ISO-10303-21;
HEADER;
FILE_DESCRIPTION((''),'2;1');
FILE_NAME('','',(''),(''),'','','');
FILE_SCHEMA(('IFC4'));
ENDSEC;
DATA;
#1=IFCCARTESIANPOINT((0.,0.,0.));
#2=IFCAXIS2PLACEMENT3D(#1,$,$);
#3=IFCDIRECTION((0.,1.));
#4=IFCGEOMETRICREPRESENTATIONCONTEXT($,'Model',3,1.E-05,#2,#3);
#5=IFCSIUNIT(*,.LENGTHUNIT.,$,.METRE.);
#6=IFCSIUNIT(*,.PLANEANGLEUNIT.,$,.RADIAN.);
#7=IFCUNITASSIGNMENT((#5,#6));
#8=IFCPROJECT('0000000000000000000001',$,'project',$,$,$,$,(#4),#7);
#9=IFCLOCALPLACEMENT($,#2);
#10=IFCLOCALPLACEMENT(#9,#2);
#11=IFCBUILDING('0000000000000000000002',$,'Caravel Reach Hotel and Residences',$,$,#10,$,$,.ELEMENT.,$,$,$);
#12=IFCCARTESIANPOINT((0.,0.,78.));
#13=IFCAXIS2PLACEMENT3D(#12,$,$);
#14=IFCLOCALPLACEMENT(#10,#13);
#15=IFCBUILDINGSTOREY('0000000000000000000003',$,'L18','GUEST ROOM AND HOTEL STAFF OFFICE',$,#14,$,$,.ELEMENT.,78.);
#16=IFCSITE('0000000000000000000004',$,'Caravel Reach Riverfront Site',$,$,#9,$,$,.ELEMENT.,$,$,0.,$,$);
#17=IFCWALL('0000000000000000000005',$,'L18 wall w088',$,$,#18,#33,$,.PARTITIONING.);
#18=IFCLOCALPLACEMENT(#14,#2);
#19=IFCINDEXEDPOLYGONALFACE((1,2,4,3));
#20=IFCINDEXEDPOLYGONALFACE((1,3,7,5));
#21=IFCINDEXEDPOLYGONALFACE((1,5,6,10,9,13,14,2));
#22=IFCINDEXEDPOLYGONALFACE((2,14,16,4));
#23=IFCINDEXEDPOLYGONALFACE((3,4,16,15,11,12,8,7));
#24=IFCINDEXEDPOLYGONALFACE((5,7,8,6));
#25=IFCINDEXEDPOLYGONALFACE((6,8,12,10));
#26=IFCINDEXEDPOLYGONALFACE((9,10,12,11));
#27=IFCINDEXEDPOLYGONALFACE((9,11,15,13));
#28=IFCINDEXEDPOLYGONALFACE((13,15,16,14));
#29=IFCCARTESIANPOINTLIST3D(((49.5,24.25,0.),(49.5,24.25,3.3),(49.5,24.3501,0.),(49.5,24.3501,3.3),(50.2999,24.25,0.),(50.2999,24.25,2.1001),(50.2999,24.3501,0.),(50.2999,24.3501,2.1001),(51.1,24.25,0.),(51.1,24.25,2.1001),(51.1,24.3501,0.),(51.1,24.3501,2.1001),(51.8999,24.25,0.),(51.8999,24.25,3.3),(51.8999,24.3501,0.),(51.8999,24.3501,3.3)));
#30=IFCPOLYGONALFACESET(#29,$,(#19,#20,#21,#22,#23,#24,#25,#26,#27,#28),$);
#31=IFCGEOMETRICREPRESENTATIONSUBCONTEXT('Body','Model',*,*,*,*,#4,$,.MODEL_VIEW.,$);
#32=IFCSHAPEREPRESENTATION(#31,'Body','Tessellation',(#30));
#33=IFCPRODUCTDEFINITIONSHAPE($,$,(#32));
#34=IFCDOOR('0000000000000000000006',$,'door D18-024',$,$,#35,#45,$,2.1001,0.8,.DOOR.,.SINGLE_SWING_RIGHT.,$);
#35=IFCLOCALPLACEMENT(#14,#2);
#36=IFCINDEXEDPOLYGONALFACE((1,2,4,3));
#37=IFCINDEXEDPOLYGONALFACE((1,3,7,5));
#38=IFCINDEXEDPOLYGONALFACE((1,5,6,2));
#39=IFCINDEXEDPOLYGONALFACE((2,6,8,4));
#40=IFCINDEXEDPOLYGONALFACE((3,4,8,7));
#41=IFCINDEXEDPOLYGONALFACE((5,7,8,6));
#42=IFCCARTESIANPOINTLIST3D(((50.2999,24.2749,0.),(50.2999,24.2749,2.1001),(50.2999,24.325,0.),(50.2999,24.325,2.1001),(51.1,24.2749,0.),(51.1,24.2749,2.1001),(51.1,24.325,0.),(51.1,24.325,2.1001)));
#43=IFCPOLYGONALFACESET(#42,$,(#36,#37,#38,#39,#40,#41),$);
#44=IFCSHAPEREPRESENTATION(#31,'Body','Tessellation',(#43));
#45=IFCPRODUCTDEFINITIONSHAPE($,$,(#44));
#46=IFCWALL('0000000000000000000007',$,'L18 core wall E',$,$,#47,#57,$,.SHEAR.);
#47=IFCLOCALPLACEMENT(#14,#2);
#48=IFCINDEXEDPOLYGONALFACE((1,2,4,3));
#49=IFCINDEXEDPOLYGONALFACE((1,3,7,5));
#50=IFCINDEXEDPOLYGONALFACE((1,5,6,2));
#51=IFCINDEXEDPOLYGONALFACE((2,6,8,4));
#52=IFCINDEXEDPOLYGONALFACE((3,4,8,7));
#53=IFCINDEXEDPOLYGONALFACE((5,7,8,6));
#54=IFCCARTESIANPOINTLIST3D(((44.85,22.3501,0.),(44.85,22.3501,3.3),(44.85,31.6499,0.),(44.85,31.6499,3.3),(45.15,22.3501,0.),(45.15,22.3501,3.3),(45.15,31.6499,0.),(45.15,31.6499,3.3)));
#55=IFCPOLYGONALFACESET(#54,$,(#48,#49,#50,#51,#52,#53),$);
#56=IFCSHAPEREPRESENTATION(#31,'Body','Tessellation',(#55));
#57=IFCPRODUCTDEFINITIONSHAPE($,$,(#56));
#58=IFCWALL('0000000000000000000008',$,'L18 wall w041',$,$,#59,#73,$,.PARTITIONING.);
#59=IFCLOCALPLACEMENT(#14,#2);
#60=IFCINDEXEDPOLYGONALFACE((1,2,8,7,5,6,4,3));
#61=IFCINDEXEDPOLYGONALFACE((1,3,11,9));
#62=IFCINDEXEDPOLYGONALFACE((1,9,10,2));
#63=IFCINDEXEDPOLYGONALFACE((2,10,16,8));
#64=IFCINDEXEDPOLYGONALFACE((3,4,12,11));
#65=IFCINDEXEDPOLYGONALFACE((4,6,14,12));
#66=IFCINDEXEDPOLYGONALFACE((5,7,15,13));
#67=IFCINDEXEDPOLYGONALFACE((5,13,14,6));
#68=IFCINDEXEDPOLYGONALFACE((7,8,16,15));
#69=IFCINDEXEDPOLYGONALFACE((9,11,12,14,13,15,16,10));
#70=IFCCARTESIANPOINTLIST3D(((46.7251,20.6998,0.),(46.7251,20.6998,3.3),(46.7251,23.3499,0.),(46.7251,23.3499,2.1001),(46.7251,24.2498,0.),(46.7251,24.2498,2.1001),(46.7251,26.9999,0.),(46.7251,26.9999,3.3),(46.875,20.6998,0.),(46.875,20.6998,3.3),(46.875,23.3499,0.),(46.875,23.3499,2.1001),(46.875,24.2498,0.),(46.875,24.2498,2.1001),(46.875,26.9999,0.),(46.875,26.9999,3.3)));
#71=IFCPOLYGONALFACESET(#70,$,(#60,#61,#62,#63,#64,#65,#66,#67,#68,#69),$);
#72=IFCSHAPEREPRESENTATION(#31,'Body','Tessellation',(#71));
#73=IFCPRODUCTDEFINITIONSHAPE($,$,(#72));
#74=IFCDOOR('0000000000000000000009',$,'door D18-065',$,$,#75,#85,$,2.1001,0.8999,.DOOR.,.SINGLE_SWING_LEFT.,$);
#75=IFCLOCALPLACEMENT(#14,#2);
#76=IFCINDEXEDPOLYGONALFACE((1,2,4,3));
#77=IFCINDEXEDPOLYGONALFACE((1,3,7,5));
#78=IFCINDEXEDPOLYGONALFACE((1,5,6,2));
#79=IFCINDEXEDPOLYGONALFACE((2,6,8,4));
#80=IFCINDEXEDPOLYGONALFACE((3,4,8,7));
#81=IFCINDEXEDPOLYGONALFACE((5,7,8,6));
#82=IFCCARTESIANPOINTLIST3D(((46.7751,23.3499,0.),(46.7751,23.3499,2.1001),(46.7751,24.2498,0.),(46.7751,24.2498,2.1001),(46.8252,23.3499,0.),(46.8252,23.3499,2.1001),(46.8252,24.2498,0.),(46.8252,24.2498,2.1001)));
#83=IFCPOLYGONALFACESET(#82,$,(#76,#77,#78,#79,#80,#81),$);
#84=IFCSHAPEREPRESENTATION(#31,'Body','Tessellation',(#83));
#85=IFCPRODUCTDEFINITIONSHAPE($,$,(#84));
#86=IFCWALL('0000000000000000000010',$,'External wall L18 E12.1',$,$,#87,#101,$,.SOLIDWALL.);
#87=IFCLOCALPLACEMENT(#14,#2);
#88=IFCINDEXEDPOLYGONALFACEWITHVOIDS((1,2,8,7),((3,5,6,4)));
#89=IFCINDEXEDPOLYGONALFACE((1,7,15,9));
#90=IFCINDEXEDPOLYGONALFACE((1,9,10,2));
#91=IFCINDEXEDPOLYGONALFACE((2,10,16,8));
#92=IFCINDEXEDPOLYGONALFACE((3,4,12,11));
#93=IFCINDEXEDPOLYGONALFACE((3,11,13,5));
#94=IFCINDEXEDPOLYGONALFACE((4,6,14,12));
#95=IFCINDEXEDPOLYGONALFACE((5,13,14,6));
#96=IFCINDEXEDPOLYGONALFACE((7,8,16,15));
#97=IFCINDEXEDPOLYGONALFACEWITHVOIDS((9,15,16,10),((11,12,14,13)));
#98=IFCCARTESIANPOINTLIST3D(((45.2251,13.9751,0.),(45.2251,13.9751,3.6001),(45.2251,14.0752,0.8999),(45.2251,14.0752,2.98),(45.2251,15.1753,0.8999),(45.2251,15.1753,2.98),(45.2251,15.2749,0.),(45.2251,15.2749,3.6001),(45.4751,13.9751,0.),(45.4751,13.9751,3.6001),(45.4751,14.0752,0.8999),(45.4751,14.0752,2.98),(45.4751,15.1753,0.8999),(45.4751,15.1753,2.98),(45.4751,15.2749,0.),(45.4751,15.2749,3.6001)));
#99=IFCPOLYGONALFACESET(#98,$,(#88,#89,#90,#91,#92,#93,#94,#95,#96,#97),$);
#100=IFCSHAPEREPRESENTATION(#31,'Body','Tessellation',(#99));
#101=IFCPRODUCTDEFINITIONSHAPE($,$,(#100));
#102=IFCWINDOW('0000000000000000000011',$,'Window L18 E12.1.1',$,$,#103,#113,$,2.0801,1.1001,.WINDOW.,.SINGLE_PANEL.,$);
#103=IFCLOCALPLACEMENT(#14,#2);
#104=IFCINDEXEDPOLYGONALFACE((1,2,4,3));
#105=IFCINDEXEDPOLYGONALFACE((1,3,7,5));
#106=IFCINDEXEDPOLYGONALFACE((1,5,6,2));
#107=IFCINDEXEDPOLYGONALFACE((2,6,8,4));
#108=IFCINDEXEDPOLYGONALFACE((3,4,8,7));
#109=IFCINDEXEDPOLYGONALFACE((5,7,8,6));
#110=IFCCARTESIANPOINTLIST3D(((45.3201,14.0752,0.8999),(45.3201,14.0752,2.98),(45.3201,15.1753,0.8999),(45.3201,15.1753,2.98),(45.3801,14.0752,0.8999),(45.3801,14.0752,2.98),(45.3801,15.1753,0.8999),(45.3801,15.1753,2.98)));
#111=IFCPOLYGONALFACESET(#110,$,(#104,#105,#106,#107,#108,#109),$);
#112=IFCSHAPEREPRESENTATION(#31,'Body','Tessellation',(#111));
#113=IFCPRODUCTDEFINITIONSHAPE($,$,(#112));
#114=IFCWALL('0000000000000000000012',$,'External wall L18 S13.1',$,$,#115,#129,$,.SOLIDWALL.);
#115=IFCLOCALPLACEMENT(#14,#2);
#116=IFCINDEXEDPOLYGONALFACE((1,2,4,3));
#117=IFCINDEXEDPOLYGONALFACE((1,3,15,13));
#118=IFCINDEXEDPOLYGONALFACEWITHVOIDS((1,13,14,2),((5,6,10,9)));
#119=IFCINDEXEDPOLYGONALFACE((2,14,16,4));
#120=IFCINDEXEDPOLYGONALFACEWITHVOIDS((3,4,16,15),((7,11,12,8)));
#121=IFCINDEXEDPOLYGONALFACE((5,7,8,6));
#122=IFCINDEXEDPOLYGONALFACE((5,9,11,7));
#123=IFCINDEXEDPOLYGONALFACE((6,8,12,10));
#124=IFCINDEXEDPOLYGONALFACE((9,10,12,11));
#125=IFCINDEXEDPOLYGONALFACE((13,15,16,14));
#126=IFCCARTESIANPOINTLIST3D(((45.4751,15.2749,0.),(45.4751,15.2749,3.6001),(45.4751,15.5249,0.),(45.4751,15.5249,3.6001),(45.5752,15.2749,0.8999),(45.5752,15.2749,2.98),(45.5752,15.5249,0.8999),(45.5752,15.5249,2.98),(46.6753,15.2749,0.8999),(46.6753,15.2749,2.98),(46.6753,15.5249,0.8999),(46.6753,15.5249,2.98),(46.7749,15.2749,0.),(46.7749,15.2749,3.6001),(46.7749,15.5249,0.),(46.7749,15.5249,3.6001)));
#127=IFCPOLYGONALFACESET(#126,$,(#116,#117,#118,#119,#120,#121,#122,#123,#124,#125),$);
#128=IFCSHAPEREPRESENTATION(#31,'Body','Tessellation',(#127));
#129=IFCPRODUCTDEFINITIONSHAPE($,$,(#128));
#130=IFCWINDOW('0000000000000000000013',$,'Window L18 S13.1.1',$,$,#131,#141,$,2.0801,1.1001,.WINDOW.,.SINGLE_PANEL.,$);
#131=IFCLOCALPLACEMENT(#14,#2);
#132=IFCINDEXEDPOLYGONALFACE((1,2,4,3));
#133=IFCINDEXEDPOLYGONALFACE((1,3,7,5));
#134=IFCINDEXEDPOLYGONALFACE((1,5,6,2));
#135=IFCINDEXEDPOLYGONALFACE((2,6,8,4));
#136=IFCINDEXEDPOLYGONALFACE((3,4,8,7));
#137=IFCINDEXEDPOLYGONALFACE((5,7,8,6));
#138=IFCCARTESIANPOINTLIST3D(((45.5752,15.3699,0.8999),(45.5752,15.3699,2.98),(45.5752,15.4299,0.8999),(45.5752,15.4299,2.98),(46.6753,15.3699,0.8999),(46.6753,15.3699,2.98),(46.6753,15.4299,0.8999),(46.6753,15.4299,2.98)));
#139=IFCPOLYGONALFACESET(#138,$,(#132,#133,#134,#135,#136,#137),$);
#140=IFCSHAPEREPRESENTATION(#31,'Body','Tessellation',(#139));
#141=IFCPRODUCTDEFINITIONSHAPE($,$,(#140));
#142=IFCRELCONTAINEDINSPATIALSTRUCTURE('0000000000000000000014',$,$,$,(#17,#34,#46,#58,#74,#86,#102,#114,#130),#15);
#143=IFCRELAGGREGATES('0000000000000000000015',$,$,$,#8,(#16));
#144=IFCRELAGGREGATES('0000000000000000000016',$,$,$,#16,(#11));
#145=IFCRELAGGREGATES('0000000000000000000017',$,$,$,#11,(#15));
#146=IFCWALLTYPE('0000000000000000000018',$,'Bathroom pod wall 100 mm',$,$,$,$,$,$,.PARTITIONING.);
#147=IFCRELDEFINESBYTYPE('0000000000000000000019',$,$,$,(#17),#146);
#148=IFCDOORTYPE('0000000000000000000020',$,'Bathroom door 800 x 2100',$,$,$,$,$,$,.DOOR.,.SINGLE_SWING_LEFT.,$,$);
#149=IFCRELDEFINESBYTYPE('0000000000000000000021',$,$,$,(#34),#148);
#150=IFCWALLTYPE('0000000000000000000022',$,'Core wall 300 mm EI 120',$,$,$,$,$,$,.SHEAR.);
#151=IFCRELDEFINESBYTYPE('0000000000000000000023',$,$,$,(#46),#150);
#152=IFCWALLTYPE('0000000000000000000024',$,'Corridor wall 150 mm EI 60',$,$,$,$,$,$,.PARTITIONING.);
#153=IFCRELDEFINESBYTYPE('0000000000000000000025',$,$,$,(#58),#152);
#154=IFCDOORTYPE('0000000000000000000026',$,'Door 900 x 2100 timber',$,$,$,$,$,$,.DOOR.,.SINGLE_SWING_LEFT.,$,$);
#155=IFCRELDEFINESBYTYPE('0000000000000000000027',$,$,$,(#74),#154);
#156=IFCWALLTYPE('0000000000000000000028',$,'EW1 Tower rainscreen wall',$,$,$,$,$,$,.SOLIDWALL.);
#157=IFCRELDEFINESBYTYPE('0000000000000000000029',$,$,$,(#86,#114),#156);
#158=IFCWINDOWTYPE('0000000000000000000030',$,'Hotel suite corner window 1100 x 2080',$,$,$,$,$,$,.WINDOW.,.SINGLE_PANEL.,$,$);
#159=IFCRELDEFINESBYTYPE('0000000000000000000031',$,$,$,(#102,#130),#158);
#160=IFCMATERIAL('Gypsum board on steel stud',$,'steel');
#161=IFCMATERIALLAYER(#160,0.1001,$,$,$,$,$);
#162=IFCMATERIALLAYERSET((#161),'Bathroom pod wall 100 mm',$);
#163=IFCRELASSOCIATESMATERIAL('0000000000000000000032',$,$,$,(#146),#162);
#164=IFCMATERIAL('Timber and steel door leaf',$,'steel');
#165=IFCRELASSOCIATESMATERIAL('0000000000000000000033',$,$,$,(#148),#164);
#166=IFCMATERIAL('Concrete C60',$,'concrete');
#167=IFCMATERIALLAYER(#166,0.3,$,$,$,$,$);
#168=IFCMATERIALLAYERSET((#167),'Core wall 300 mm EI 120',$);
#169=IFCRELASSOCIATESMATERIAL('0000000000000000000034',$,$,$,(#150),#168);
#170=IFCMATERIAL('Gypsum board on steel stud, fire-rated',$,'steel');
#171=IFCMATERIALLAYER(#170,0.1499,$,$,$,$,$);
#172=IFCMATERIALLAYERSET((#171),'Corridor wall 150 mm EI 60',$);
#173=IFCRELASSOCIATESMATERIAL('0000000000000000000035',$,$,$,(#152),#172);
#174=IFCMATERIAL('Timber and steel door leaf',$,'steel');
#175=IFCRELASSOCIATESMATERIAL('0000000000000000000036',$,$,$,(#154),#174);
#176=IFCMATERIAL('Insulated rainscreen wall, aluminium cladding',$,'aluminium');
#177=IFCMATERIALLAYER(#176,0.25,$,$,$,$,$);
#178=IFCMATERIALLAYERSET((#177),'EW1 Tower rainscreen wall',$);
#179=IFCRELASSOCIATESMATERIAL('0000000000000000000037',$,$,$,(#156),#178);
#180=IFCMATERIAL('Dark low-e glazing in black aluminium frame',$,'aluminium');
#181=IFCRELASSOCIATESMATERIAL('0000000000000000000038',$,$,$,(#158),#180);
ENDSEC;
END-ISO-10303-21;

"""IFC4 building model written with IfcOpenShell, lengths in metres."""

from ifc_helpers import new_model, si_unit, direction, frame, frame_2d, origin, place, context, subcontext, project, spatial, rectangle, extrude, material, layer, layer_set, type_object, element, fill, save


model = new_model("IFC4")

# Units and contexts
model_context = context("Model", 3, precision=1e-05, world=origin(), true_north=direction((0.0, 1.0)))
body_context = subcontext(model_context, "Body", "Model", "MODEL_VIEW")
ifc_project = project(units=[si_unit("LENGTHUNIT", "METRE"), si_unit("PLANEANGLEUNIT", "RADIAN")], contexts=[model_context])

# Site, building, storey
site_placement = place(None, origin())
site = spatial("IfcSite", under=ifc_project, at=site_placement, Name="Caravel Reach Riverfront Site", CompositionType="ELEMENT", RefElevation=0.0)
building_placement = place(site_placement, origin())
building = spatial("IfcBuilding", under=site, at=building_placement, Name="Caravel Reach Hotel and Residences", CompositionType="ELEMENT")
storey_placement = place(building_placement, frame((0.0, 0.0, 78.0)))
storey = spatial("IfcBuildingStorey", under=building, at=storey_placement, Name="L18", Description="GUEST ROOM AND HOTEL STAFF OFFICE", CompositionType="ELEMENT", Elevation=78.0)

# Wall, opening, door
ifc_material_1 = material(Name="Gypsum board on steel stud", Category="steel")
ifc_layer_1 = layer(ifc_material_1, 0.1001)
ifc_layer_set_1 = layer_set([ifc_layer_1], Name="Bathroom pod wall 100 mm")
wall_type_1 = type_object("IfcWallType", Name="Bathroom pod wall 100 mm", PredefinedType="PARTITIONING", material=ifc_layer_set_1)
wall_1_placement = place(storey_placement, frame((49.5, 24.3, 0.0), z_axis=(0.0, 0.0, 1.0), x_axis=(1.0, 0.0, 0.0)))
wall_1 = element("IfcWall", 1, at=wall_1_placement, inside=storey, type_object=wall_type_1, Name="L18 wall w088", PredefinedType="PARTITIONING", context=body_context, shape_type="SweptSolid", body=[
    extrude(rectangle(XDim=2.3999, YDim=0.1001, at=frame_2d((1.2, 0.0))), origin(), (0.0, 0.0, 1.0), 3.3),
])
opening_1_placement = place(wall_1_placement, frame((0.8, 0.0, 0.0)))
opening_1 = element("IfcOpeningElement", 2, at=opening_1_placement, cuts=wall_1, PredefinedType="OPENING", context=body_context, shape_type="SweptSolid", body=[
    extrude(rectangle(XDim=0.8, YDim=2.1001, at=frame_2d((0.3999, 1.05))), frame((0.0, 0.0601, 0.0), z_axis=(0.0, -1.0, 0.0), x_axis=(1.0, 0.0, 0.0)), (0.0, 0.0, 1.0), 0.1201),
])
ifc_material_2 = material(Name="Timber and steel door leaf", Category="steel")
door_type_1 = type_object("IfcDoorType", Name="Bathroom door 800 x 2100", OperationType="SINGLE_SWING_LEFT", PredefinedType="DOOR", material=ifc_material_2)
door_1_placement = place(opening_1_placement, origin())
door_1 = element("IfcDoor", 3, at=door_1_placement, inside=storey, type_object=door_type_1, Name="door D18-024", OperationType="SINGLE_SWING_RIGHT", OverallHeight=2.1001, OverallWidth=0.8, PredefinedType="DOOR", context=body_context, shape_type="SweptSolid", body=[
    extrude(rectangle(XDim=0.8, YDim=2.1001, at=frame_2d((0.3999, 1.05))), frame((0.0, 0.0249, 0.0), z_axis=(0.0, -1.0, 0.0), x_axis=(1.0, 0.0, 0.0)), (0.0, 0.0, 1.0), 0.05),
])
fill(opening_1, door_1)

# Wall
ifc_material_3 = material(Name="Concrete C60", Category="concrete")
ifc_layer_2 = layer(ifc_material_3, 0.3)
ifc_layer_set_2 = layer_set([ifc_layer_2], Name="Core wall 300 mm EI 120")
wall_type_2 = type_object("IfcWallType", Name="Core wall 300 mm EI 120", PredefinedType="SHEAR", material=ifc_layer_set_2)
wall_2_placement = place(storey_placement, frame((45.0, 22.3501, 0.0), z_axis=(0.0, 0.0, 1.0), x_axis=(0.0, 1.0, 0.0)))
element("IfcWall", 4, at=wall_2_placement, inside=storey, type_object=wall_type_2, Name="L18 core wall E", PredefinedType="SHEAR", context=body_context, shape_type="SweptSolid", body=[
    extrude(rectangle(XDim=9.2998, YDim=0.3, at=frame_2d((4.6499, 0.0))), origin(), (0.0, 0.0, 1.0), 3.3),
])

# Wall, opening, door
ifc_material_4 = material(Name="Gypsum board on steel stud, fire-rated", Category="steel")
ifc_layer_3 = layer(ifc_material_4, 0.1499)
ifc_layer_set_3 = layer_set([ifc_layer_3], Name="Corridor wall 150 mm EI 60")
wall_type_3 = type_object("IfcWallType", Name="Corridor wall 150 mm EI 60", PredefinedType="PARTITIONING", material=ifc_layer_set_3)
wall_3_placement = place(storey_placement, frame((46.8, 20.7, 0.0), z_axis=(0.0, 0.0, 1.0), x_axis=(0.0, 1.0, 0.0)))
wall_3 = element("IfcWall", 5, at=wall_3_placement, inside=storey, type_object=wall_type_3, Name="L18 wall w041", PredefinedType="PARTITIONING", context=body_context, shape_type="SweptSolid", body=[
    extrude(rectangle(XDim=6.3, YDim=0.1499, at=frame_2d((3.1499, 0.0))), origin(), (0.0, 0.0, 1.0), 3.3),
])
opening_2_placement = place(wall_3_placement, frame((2.6499, 0.0, 0.0)))
opening_2 = element("IfcOpeningElement", 6, at=opening_2_placement, cuts=wall_3, PredefinedType="OPENING", context=body_context, shape_type="SweptSolid", body=[
    extrude(rectangle(XDim=0.8999, YDim=2.1001, at=frame_2d((0.45, 1.05))), frame((0.0, 0.085, 0.0), z_axis=(0.0, -1.0, 0.0), x_axis=(1.0, 0.0, 0.0)), (0.0, 0.0, 1.0), 0.1699),
])
ifc_material_5 = material(Name="Timber and steel door leaf", Category="steel")
door_type_2 = type_object("IfcDoorType", Name="Door 900 x 2100 timber", OperationType="SINGLE_SWING_LEFT", PredefinedType="DOOR", material=ifc_material_5)
door_2_placement = place(opening_2_placement, origin())
door_2 = element("IfcDoor", 7, at=door_2_placement, inside=storey, type_object=door_type_2, Name="door D18-065", OperationType="SINGLE_SWING_LEFT", OverallHeight=2.1001, OverallWidth=0.8999, PredefinedType="DOOR", context=body_context, shape_type="SweptSolid", body=[
    extrude(rectangle(XDim=0.8999, YDim=2.1001, at=frame_2d((0.45, 1.05))), frame((0.0, 0.0249, 0.0), z_axis=(0.0, -1.0, 0.0), x_axis=(1.0, 0.0, 0.0)), (0.0, 0.0, 1.0), 0.05),
])
fill(opening_2, door_2)

# Walls, openings, windows
ifc_material_6 = material(Name="Insulated rainscreen wall, aluminium cladding", Category="aluminium")
ifc_layer_4 = layer(ifc_material_6, 0.25)
ifc_layer_set_4 = layer_set([ifc_layer_4], Name="EW1 Tower rainscreen wall")
wall_type_4 = type_object("IfcWallType", Name="EW1 Tower rainscreen wall", PredefinedType="SOLIDWALL", material=ifc_layer_set_4)
wall_4_placement = place(storey_placement, frame((45.3501, 13.9751, 0.0), z_axis=(0.0, 0.0, 1.0), x_axis=(0.0, 1.0, 0.0)))
wall_4 = element("IfcWall", 8, at=wall_4_placement, inside=storey, type_object=wall_type_4, Name="External wall L18 E12.1", PredefinedType="SOLIDWALL", context=body_context, shape_type="SweptSolid", body=[
    extrude(rectangle(XDim=1.2998, YDim=0.25, at=frame_2d((0.6499, 0.0))), origin(), (0.0, 0.0, 1.0), 3.6001),
])
opening_3_placement = place(wall_4_placement, frame((0.1001, 0.0, 0.8999)))
opening_3 = element("IfcOpeningElement", 9, at=opening_3_placement, cuts=wall_4, PredefinedType="OPENING", context=body_context, shape_type="SweptSolid", body=[
    extrude(rectangle(XDim=1.1001, YDim=2.0801, at=frame_2d((0.55, 1.04))), frame((0.0, 0.135, 0.0), z_axis=(0.0, -1.0, 0.0), x_axis=(1.0, 0.0, 0.0)), (0.0, 0.0, 1.0), 0.27),
])
ifc_material_7 = material(Name="Dark low-e glazing in black aluminium frame", Category="aluminium")
window_type_1 = type_object("IfcWindowType", Name="Hotel suite corner window 1100 x 2080", PartitioningType="SINGLE_PANEL", PredefinedType="WINDOW", material=ifc_material_7)
window_1_placement = place(opening_3_placement, origin())
window_1 = element("IfcWindow", 10, at=window_1_placement, inside=storey, type_object=window_type_1, Name="Window L18 E12.1.1", OverallHeight=2.0801, OverallWidth=1.1001, PartitioningType="SINGLE_PANEL", PredefinedType="WINDOW", context=body_context, shape_type="SweptSolid", body=[
    extrude(rectangle(XDim=1.1001, YDim=2.0801, at=frame_2d((0.55, 1.04))), frame((0.0, 0.03, 0.0), z_axis=(0.0, -1.0, 0.0), x_axis=(1.0, 0.0, 0.0)), (0.0, 0.0, 1.0), 0.0601),
])
fill(opening_3, window_1)
wall_5_placement = place(storey_placement, frame((45.4751, 15.3999, 0.0), z_axis=(0.0, 0.0, 1.0), x_axis=(1.0, 0.0, 0.0)))
wall_5 = element("IfcWall", 11, at=wall_5_placement, inside=storey, type_object=wall_type_4, Name="External wall L18 S13.1", PredefinedType="SOLIDWALL", context=body_context, shape_type="SweptSolid", body=[
    extrude(rectangle(XDim=1.2998, YDim=0.25, at=frame_2d((0.6499, 0.0))), origin(), (0.0, 0.0, 1.0), 3.6001),
])
opening_4_placement = place(wall_5_placement, frame((0.1001, 0.0, 0.8999)))
opening_4 = element("IfcOpeningElement", 12, at=opening_4_placement, cuts=wall_5, PredefinedType="OPENING", context=body_context, shape_type="SweptSolid", body=[
    extrude(rectangle(XDim=1.1001, YDim=2.0801, at=frame_2d((0.55, 1.04))), frame((0.0, 0.135, 0.0), z_axis=(0.0, -1.0, 0.0), x_axis=(1.0, 0.0, 0.0)), (0.0, 0.0, 1.0), 0.27),
])
window_2_placement = place(opening_4_placement, origin())
window_2 = element("IfcWindow", 13, at=window_2_placement, inside=storey, type_object=window_type_1, Name="Window L18 S13.1.1", OverallHeight=2.0801, OverallWidth=1.1001, PartitioningType="SINGLE_PANEL", PredefinedType="WINDOW", context=body_context, shape_type="SweptSolid", body=[
    extrude(rectangle(XDim=1.1001, YDim=2.0801, at=frame_2d((0.55, 1.04))), frame((0.0, 0.03, 0.0), z_axis=(0.0, -1.0, 0.0), x_axis=(1.0, 0.0, 0.0)), (0.0, 0.0, 1.0), 0.0601),
])
fill(opening_4, window_2)

save(model, "model.ifc")
